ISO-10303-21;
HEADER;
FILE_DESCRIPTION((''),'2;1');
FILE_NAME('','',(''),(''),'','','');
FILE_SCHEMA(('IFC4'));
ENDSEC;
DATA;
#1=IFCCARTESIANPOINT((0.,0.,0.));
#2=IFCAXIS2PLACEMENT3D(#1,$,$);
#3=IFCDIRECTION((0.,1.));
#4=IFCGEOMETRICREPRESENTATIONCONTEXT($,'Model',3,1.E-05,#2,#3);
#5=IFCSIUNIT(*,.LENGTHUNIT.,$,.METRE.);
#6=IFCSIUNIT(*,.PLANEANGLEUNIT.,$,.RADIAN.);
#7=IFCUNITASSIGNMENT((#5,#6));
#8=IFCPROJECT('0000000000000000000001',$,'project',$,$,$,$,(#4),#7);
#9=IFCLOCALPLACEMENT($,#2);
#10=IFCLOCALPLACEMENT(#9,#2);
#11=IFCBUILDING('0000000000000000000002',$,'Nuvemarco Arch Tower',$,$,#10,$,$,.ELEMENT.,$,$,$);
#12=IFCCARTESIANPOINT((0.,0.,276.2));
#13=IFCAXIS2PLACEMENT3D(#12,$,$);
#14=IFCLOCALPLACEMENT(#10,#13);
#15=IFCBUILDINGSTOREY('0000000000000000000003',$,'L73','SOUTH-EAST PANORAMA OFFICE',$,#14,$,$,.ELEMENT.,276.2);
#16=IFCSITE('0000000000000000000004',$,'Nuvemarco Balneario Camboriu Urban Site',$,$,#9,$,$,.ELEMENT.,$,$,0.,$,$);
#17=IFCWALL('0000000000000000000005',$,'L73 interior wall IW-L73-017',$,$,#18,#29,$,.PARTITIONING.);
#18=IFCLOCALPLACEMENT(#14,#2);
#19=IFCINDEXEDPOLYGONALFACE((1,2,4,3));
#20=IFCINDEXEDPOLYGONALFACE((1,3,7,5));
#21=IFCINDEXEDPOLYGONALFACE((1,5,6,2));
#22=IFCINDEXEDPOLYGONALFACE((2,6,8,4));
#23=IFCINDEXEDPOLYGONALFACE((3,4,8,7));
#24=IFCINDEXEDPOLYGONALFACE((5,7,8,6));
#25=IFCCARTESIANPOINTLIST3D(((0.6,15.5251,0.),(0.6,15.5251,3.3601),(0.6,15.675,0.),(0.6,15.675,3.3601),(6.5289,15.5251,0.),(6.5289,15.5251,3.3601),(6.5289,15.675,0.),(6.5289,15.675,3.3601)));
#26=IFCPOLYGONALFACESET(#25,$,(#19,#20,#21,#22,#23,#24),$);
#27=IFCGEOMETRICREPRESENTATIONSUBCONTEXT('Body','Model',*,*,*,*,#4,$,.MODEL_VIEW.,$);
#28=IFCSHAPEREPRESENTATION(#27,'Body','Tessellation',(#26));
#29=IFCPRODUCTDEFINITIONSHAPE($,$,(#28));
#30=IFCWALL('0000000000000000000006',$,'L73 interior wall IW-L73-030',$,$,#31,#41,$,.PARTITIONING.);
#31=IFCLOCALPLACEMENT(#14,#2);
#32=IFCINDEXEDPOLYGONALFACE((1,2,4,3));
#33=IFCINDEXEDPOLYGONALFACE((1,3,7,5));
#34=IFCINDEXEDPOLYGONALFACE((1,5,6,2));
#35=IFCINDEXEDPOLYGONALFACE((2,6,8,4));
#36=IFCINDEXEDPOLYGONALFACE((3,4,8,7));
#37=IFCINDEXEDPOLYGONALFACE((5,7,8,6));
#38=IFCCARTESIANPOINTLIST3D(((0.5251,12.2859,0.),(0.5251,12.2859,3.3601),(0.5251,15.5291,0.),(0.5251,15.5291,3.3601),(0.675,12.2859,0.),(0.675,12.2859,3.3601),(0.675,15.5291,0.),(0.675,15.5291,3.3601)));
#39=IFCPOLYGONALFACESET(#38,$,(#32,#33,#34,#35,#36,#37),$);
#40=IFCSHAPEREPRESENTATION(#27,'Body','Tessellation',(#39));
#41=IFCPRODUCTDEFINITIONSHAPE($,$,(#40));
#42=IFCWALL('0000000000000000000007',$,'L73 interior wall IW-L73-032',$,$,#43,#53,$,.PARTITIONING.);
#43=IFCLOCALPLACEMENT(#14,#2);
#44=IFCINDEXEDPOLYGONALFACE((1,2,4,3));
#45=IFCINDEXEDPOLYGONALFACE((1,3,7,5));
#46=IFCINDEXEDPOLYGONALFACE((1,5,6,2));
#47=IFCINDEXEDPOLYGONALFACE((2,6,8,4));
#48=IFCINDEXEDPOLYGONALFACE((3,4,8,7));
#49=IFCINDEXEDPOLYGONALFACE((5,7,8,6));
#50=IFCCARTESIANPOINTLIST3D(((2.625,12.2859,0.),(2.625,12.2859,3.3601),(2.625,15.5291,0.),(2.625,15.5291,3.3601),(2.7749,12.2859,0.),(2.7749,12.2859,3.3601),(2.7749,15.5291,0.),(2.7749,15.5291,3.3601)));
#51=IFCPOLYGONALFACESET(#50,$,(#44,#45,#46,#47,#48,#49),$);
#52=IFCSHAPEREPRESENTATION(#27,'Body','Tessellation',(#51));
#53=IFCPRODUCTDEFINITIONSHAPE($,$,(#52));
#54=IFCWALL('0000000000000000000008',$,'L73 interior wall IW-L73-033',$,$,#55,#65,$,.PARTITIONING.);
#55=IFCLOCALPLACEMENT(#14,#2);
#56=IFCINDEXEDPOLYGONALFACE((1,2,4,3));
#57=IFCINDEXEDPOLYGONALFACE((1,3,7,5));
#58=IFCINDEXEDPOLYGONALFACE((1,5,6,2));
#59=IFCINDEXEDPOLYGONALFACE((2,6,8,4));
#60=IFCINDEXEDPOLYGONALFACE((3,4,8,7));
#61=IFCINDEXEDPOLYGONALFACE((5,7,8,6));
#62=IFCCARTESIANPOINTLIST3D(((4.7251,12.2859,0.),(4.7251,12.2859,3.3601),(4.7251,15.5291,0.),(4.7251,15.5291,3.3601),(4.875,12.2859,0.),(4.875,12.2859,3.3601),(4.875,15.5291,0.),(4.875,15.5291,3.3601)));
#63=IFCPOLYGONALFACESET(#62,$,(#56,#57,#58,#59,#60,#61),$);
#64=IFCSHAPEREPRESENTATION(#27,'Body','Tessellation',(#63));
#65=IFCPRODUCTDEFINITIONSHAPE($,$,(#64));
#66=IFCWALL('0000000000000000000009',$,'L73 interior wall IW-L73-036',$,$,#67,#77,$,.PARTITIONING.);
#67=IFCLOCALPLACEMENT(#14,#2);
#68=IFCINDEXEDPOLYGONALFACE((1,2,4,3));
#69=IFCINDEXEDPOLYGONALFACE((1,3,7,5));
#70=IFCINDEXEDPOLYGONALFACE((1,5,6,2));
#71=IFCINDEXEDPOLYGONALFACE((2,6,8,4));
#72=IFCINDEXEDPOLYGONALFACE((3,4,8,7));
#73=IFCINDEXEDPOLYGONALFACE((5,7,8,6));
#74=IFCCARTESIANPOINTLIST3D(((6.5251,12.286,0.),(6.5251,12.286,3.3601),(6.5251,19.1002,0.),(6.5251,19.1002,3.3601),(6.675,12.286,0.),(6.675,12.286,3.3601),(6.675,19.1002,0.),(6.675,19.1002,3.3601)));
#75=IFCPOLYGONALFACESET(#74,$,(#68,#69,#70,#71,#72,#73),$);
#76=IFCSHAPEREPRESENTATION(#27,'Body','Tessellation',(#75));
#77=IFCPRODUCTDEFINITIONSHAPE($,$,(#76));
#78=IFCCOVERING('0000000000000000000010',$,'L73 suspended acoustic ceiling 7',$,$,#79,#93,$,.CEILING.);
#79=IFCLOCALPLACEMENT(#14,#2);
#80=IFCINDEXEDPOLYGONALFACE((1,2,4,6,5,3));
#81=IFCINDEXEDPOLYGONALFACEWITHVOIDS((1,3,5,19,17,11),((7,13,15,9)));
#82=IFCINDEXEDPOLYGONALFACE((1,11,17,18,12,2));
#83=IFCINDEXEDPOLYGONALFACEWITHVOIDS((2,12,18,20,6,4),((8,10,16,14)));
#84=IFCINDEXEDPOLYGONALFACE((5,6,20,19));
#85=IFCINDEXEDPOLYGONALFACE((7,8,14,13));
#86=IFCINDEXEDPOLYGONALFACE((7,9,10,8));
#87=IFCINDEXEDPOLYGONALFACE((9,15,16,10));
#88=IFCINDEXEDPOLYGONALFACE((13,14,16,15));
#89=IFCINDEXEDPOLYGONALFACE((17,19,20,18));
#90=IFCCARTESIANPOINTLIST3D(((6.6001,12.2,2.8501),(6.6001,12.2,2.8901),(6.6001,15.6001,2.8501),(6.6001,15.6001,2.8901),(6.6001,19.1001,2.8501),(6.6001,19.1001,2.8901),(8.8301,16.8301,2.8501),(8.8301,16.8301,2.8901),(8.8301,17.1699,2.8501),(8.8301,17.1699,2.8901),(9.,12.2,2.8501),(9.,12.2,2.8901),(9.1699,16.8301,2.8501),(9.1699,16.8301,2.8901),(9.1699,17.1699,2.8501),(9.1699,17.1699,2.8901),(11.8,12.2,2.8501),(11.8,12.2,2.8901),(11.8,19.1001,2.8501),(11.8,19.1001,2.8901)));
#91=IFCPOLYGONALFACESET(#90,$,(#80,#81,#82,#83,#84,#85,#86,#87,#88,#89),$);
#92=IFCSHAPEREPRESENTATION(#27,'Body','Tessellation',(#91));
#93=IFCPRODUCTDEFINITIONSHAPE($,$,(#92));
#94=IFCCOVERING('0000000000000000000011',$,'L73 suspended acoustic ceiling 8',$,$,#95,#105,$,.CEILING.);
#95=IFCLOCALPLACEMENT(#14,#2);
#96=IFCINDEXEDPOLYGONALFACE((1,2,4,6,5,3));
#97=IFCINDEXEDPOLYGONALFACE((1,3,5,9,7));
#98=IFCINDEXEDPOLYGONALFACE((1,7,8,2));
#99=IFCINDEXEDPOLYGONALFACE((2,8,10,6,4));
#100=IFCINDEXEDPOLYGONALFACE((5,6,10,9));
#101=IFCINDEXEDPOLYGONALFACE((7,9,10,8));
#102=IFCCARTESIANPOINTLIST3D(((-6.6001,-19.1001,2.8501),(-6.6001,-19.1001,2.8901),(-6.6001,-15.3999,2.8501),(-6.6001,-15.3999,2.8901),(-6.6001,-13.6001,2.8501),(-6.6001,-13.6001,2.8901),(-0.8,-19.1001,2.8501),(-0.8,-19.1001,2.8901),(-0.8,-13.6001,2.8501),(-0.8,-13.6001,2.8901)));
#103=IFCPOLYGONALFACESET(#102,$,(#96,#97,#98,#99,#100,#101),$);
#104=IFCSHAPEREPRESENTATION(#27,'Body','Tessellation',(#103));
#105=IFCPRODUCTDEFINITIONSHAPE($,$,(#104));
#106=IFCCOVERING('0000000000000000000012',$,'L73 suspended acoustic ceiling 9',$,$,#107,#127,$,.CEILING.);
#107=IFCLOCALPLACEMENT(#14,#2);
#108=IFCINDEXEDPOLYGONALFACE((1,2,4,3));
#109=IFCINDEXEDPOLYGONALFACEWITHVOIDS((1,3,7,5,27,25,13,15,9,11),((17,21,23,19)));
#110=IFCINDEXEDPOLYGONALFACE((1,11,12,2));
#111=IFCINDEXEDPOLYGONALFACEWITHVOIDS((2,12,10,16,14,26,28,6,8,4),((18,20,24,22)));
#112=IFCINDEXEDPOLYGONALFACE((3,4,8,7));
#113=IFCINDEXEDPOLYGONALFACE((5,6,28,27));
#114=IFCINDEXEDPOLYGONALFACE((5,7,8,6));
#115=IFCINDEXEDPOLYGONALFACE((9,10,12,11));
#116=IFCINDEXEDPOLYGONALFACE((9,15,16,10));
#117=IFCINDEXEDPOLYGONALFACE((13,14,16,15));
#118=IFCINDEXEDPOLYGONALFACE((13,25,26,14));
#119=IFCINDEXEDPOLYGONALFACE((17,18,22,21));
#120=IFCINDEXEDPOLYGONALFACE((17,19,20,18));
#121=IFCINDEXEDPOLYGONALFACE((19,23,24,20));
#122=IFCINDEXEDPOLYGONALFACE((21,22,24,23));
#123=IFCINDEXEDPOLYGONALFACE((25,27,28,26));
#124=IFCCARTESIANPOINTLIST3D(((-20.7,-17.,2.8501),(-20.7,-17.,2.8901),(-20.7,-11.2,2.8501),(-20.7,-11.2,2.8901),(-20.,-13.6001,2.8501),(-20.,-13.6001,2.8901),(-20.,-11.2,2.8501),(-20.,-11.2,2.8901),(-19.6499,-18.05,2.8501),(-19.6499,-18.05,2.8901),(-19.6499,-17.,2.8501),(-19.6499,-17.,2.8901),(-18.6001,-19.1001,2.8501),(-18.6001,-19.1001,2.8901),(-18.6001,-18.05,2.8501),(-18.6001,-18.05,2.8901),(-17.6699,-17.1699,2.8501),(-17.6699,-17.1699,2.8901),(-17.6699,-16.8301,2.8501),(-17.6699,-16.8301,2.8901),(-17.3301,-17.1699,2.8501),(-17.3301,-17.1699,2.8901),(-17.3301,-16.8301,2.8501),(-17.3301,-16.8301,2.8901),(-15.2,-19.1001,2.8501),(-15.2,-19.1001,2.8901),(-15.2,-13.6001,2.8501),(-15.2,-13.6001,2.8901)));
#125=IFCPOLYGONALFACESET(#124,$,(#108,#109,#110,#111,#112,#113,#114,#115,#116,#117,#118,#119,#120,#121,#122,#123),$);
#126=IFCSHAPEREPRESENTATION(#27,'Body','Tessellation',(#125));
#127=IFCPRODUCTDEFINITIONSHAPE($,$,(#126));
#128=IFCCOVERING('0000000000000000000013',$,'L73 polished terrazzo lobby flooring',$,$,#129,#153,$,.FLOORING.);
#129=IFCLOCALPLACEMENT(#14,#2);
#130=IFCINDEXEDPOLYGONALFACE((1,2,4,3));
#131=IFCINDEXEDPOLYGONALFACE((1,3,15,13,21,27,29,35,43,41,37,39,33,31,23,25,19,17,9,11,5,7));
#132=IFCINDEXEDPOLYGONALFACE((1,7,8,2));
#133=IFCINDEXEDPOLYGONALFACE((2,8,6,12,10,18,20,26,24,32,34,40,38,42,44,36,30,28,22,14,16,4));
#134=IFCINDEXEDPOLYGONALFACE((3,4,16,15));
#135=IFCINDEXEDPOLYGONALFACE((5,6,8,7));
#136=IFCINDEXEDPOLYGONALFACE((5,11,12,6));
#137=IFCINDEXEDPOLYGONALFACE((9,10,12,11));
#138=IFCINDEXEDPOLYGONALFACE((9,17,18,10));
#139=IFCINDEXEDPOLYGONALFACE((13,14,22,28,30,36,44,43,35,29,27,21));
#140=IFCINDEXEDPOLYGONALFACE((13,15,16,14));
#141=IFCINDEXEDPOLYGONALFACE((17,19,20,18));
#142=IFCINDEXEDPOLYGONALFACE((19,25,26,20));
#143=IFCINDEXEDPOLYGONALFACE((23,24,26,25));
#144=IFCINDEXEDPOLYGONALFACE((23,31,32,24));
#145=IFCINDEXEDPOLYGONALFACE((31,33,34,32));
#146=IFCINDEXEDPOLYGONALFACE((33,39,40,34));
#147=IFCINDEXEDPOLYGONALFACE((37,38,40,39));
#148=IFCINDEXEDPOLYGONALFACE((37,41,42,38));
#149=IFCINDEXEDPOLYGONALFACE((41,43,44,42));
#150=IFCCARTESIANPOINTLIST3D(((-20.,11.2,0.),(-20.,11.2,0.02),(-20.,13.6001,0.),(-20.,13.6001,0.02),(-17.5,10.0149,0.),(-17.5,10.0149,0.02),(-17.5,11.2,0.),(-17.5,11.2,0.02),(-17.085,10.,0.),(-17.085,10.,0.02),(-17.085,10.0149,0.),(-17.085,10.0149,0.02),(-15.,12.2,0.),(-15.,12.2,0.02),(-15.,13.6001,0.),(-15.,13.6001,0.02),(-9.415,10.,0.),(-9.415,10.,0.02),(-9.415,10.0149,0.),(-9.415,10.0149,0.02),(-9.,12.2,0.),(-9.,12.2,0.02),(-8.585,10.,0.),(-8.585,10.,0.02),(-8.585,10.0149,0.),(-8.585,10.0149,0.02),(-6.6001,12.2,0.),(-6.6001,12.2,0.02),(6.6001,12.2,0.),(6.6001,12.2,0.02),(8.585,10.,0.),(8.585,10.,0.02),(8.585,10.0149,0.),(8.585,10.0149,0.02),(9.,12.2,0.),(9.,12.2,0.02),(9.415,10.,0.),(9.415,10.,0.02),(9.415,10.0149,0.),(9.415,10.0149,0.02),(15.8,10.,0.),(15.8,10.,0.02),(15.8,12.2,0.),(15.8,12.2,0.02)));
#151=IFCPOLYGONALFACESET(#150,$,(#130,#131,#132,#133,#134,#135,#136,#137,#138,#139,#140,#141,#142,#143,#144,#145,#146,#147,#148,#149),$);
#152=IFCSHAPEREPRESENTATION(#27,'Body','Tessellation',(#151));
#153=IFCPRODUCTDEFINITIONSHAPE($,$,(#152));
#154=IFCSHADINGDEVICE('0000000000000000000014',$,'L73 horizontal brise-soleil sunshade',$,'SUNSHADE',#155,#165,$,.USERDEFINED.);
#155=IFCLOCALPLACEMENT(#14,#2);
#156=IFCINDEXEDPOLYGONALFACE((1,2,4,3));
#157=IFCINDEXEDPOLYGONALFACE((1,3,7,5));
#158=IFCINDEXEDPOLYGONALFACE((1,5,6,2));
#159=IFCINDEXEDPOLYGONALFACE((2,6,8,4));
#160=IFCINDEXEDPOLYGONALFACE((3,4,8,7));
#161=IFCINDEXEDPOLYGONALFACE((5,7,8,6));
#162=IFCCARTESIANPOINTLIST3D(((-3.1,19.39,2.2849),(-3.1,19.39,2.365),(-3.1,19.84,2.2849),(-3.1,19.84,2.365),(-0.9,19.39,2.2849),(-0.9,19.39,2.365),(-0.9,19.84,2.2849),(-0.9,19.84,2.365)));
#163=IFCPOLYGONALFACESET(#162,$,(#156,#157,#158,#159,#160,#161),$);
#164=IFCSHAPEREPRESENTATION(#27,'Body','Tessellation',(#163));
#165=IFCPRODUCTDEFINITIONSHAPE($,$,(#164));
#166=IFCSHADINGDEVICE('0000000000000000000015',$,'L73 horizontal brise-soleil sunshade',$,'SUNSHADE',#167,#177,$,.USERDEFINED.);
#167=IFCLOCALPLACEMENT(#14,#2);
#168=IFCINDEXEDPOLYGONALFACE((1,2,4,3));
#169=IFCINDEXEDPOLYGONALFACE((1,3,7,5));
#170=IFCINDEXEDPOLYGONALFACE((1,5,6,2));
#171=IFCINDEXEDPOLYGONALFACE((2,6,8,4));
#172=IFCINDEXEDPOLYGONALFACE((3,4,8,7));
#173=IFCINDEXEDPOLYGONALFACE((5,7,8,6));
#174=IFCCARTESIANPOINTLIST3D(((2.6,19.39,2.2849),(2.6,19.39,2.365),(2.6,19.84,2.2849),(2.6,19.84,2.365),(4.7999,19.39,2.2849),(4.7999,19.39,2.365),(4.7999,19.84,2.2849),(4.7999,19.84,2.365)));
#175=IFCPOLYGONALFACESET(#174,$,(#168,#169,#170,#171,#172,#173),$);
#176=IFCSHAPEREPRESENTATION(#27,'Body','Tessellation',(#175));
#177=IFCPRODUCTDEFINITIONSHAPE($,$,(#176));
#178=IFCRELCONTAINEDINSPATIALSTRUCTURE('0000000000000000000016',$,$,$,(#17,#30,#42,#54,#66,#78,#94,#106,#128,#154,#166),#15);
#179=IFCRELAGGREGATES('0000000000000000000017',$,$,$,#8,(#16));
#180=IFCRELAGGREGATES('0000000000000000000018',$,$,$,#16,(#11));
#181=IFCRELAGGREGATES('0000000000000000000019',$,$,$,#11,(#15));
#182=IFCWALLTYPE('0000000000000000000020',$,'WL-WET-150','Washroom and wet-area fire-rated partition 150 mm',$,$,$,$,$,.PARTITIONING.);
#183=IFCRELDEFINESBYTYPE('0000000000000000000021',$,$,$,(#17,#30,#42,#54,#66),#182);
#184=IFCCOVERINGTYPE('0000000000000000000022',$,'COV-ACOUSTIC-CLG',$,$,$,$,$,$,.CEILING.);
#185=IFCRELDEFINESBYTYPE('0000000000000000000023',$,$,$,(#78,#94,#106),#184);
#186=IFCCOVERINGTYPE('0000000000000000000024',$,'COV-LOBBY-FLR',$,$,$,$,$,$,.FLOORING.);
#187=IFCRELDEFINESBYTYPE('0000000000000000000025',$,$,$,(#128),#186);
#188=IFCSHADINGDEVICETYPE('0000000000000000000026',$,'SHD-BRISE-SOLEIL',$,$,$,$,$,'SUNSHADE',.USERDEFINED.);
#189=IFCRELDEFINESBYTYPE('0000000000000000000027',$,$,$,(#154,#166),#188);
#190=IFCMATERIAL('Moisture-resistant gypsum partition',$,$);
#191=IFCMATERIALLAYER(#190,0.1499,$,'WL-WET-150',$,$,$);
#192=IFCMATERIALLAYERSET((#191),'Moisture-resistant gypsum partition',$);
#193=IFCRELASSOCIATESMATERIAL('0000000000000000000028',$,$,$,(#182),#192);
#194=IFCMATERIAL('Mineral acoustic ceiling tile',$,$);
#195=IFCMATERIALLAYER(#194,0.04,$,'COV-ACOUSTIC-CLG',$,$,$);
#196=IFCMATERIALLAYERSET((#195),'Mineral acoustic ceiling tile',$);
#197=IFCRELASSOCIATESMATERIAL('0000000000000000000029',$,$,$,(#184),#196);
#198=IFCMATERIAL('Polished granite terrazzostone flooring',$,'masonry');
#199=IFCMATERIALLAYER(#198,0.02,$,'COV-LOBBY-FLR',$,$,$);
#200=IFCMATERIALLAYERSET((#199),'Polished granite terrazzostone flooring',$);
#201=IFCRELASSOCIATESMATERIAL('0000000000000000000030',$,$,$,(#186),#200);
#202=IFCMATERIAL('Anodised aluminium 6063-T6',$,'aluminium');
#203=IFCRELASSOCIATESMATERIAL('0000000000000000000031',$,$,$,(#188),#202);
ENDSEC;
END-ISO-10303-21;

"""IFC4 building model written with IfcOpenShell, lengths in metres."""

from ifc_helpers import new_model, si_unit, direction, frame, frame_2d, origin, origin_2d, place, context, subcontext, project, spatial, polyline, rectangle, outline, extrude, source, transform, mapped, material, layer, layer_set, type_object, type_shapes, element, save


model = new_model("IFC4")

# Units and contexts
model_context = context("Model", 3, precision=1e-05, world=origin(), true_north=direction((0.0, 1.0)))
body_context = subcontext(model_context, "Body", "Model", "MODEL_VIEW")
ifc_project = project(units=[si_unit("LENGTHUNIT", "METRE"), si_unit("PLANEANGLEUNIT", "RADIAN")], contexts=[model_context])

# Site, building, storey
site_placement = place(None, origin())
site = spatial("IfcSite", under=ifc_project, at=site_placement, Name="Nuvemarco Balneario Camboriu Urban Site", CompositionType="ELEMENT", RefElevation=0.0)
building_placement = place(site_placement, origin())
building = spatial("IfcBuilding", under=site, at=building_placement, Name="Nuvemarco Arch Tower", CompositionType="ELEMENT")
storey_placement = place(building_placement, frame((0.0, 0.0, 276.2)))
storey = spatial("IfcBuildingStorey", under=building, at=storey_placement, Name="L73", Description="SOUTH-EAST PANORAMA OFFICE", CompositionType="ELEMENT", Elevation=276.2)

# Walls
ifc_material_1 = material(Name="Moisture-resistant gypsum partition")
ifc_layer_1 = layer(ifc_material_1, 0.1499, Name="WL-WET-150")
ifc_layer_set_1 = layer_set([ifc_layer_1], Name="Moisture-resistant gypsum partition")
wall_type_1 = type_object("IfcWallType", Name="WL-WET-150", Description="Washroom and wet-area fire-rated partition 150 mm", PredefinedType="PARTITIONING", material=ifc_layer_set_1)
wall_1_placement = place(storey_placement, frame((0.6001, 15.6001, 0.0), z_axis=(0.0, 0.0, 1.0), x_axis=(1.0, 0.0, 0.0)))
element("IfcWall", 1, at=wall_1_placement, inside=storey, type_object=wall_type_1, Name="L73 interior wall IW-L73-017", PredefinedType="PARTITIONING", context=body_context, shape_type="SweptSolid", body=[
    extrude(rectangle(XDim=5.929, YDim=0.1499, at=frame_2d((2.9644, 0.0))), origin(), (0.0, 0.0, 1.0), 3.3601),
])
for number, where, z_axis, x_axis, name in (
    (2, (0.6001, 12.2859, 0.0), (0.0, 0.0, 1.0), (0.0, 1.0, 0.0), "L73 interior wall IW-L73-030"),
    (3, (2.7, 12.2859, 0.0), (0.0, 0.0, 1.0), (0.0, 1.0, 0.0), "L73 interior wall IW-L73-032"),
    (4, (4.8, 12.2859, 0.0), (0.0, 0.0, 1.0), (0.0, 1.0, 0.0), "L73 interior wall IW-L73-033"),
):
    element("IfcWall", number, at=place(storey_placement, frame(where, z_axis=z_axis, x_axis=x_axis)), inside=storey, type_object=wall_type_1, Name=name, PredefinedType="PARTITIONING", context=body_context, shape_type="SweptSolid", body=[
        extrude(rectangle(XDim=3.2432, YDim=0.1499, at=frame_2d((1.6216, 0.0))), origin(), (0.0, 0.0, 1.0), 3.3601),
    ])
wall_2_placement = place(storey_placement, frame((6.6001, 12.2859, 0.0), z_axis=(0.0, 0.0, 1.0), x_axis=(0.0, 1.0, 0.0)))
element("IfcWall", 5, at=wall_2_placement, inside=storey, type_object=wall_type_1, Name="L73 interior wall IW-L73-036", PredefinedType="PARTITIONING", context=body_context, shape_type="SweptSolid", body=[
    extrude(rectangle(XDim=6.8142, YDim=0.1499, at=frame_2d((3.4072, 0.0))), origin(), (0.0, 0.0, 1.0), 3.3601),
])

# Coverings
ifc_material_2 = material(Name="Mineral acoustic ceiling tile")
ifc_layer_2 = layer(ifc_material_2, 0.04, Name="COV-ACOUSTIC-CLG")
ifc_layer_set_2 = layer_set([ifc_layer_2], Name="Mineral acoustic ceiling tile")
covering_type_1 = type_object("IfcCoveringType", Name="COV-ACOUSTIC-CLG", PredefinedType="CEILING", material=ifc_layer_set_2)
covering_1_placement = place(storey_placement, frame((0.0, 0.0, 2.8501)))
element("IfcCovering", 6, at=covering_1_placement, inside=storey, type_object=covering_type_1, Name="L73 suspended acoustic ceiling 7", PredefinedType="CEILING", context=body_context, shape_type="SweptSolid", body=[
    extrude(outline(polyline([(11.8, 19.1001), (11.8, 12.2), (9.0, 12.2), (6.6001, 12.2), (6.6001, 15.6001), (6.6001, 19.1001), (11.8, 19.1001)]), holes=[polyline([(9.1699, 17.1699), (8.8301, 17.1699), (8.8301, 16.8301), (9.1699, 16.8301), (9.1699, 17.1699)])]), origin(), (0.0, 0.0, 1.0), 0.04),
])
covering_2_placement = place(storey_placement, frame((0.0, 0.0, 2.8501)))
element("IfcCovering", 7, at=covering_2_placement, inside=storey, type_object=covering_type_1, Name="L73 suspended acoustic ceiling 8", PredefinedType="CEILING", context=body_context, shape_type="SweptSolid", body=[
    extrude(outline(polyline([(-0.8, -13.6001), (-0.8, -19.1001), (-6.6001, -19.1001), (-6.6001, -15.3999), (-6.6001, -13.6001), (-0.8, -13.6001)])), origin(), (0.0, 0.0, 1.0), 0.04),
])
covering_3_placement = place(storey_placement, frame((0.0, 0.0, 2.8501)))
element("IfcCovering", 8, at=covering_3_placement, inside=storey, type_object=covering_type_1, Name="L73 suspended acoustic ceiling 9", PredefinedType="CEILING", context=body_context, shape_type="SweptSolid", body=[
    extrude(outline(polyline([(-20.7, -17.0), (-20.7, -11.2), (-20.0, -11.2), (-20.0, -13.6001), (-15.2, -13.6001), (-15.2, -19.1001), (-18.6001, -19.1001), (-18.6001, -18.05), (-19.6499, -18.05), (-19.6499, -17.0), (-20.7, -17.0)]), holes=[polyline([(-17.3301, -16.8301), (-17.6699, -16.8301), (-17.6699, -17.1699), (-17.3301, -17.1699), (-17.3301, -16.8301)])]), origin(), (0.0, 0.0, 1.0), 0.04),
])
ifc_material_3 = material(Name="Polished granite terrazzostone flooring", Category="masonry")
ifc_layer_3 = layer(ifc_material_3, 0.02, Name="COV-LOBBY-FLR")
ifc_layer_set_3 = layer_set([ifc_layer_3], Name="Polished granite terrazzostone flooring")
covering_type_2 = type_object("IfcCoveringType", Name="COV-LOBBY-FLR", PredefinedType="FLOORING", material=ifc_layer_set_3)
covering_4_placement = place(storey_placement, origin())
element("IfcCovering", 9, at=covering_4_placement, inside=storey, type_object=covering_type_2, Name="L73 polished terrazzo lobby flooring", PredefinedType="FLOORING", context=body_context, shape_type="SweptSolid", body=[
    extrude(outline(polyline([(-8.585, 10.0149), (-9.415, 10.0149), (-9.415, 10.0), (-17.085, 10.0), (-17.085, 10.0149), (-17.5, 10.0149), (-17.5, 11.2), (-20.0, 11.2), (-20.0, 13.6001), (-15.0, 13.6001), (-15.0, 12.2), (-9.0, 12.2), (-6.6001, 12.2), (6.6001, 12.2), (9.0, 12.2), (15.8, 12.2), (15.8, 10.0), (9.415, 10.0), (9.415, 10.0149), (8.585, 10.0149), (8.585, 10.0), (-8.585, 10.0), (-8.585, 10.0149)])), origin(), (0.0, 0.0, 1.0), 0.02),
])

# Shading devices
ifc_material_4 = material(Name="Anodised aluminium 6063-T6", Category="aluminium")
shading_device_type = type_object("IfcShadingDeviceType", Name="SHD-BRISE-SOLEIL", ElementType="SUNSHADE", PredefinedType="USERDEFINED", material=ifc_material_4)
shared_shape_1 = source(origin(), body_context, "Body", "SweptSolid", [
    extrude(rectangle(XDim=2.2, YDim=0.45, at=origin_2d()), origin(), (0.0, 0.0, 1.0), 0.0801),
])
type_shapes(shading_device_type, [shared_shape_1])
for number, where, z_axis, x_axis, name in (
    (10, (-2.0, 19.615, 2.2849), (0.0, 0.0, 1.0), (1.0, 0.0, 0.0), "L73 horizontal brise-soleil sunshade"),
    (11, (3.7, 19.615, 2.2849), (0.0, 0.0, 1.0), (1.0, 0.0, 0.0), "L73 horizontal brise-soleil sunshade"),
):
    element("IfcShadingDevice", number, at=place(storey_placement, frame(where, z_axis=z_axis, x_axis=x_axis)), inside=storey, type_object=shading_device_type, Name=name, ObjectType="SUNSHADE", PredefinedType="USERDEFINED", context=body_context, shape_type="MappedRepresentation", body=[
        mapped(shared_shape_1, transform((0.0, 0.0, 0.0), scale=1.0)),
    ])

save(model, "model.ifc")
